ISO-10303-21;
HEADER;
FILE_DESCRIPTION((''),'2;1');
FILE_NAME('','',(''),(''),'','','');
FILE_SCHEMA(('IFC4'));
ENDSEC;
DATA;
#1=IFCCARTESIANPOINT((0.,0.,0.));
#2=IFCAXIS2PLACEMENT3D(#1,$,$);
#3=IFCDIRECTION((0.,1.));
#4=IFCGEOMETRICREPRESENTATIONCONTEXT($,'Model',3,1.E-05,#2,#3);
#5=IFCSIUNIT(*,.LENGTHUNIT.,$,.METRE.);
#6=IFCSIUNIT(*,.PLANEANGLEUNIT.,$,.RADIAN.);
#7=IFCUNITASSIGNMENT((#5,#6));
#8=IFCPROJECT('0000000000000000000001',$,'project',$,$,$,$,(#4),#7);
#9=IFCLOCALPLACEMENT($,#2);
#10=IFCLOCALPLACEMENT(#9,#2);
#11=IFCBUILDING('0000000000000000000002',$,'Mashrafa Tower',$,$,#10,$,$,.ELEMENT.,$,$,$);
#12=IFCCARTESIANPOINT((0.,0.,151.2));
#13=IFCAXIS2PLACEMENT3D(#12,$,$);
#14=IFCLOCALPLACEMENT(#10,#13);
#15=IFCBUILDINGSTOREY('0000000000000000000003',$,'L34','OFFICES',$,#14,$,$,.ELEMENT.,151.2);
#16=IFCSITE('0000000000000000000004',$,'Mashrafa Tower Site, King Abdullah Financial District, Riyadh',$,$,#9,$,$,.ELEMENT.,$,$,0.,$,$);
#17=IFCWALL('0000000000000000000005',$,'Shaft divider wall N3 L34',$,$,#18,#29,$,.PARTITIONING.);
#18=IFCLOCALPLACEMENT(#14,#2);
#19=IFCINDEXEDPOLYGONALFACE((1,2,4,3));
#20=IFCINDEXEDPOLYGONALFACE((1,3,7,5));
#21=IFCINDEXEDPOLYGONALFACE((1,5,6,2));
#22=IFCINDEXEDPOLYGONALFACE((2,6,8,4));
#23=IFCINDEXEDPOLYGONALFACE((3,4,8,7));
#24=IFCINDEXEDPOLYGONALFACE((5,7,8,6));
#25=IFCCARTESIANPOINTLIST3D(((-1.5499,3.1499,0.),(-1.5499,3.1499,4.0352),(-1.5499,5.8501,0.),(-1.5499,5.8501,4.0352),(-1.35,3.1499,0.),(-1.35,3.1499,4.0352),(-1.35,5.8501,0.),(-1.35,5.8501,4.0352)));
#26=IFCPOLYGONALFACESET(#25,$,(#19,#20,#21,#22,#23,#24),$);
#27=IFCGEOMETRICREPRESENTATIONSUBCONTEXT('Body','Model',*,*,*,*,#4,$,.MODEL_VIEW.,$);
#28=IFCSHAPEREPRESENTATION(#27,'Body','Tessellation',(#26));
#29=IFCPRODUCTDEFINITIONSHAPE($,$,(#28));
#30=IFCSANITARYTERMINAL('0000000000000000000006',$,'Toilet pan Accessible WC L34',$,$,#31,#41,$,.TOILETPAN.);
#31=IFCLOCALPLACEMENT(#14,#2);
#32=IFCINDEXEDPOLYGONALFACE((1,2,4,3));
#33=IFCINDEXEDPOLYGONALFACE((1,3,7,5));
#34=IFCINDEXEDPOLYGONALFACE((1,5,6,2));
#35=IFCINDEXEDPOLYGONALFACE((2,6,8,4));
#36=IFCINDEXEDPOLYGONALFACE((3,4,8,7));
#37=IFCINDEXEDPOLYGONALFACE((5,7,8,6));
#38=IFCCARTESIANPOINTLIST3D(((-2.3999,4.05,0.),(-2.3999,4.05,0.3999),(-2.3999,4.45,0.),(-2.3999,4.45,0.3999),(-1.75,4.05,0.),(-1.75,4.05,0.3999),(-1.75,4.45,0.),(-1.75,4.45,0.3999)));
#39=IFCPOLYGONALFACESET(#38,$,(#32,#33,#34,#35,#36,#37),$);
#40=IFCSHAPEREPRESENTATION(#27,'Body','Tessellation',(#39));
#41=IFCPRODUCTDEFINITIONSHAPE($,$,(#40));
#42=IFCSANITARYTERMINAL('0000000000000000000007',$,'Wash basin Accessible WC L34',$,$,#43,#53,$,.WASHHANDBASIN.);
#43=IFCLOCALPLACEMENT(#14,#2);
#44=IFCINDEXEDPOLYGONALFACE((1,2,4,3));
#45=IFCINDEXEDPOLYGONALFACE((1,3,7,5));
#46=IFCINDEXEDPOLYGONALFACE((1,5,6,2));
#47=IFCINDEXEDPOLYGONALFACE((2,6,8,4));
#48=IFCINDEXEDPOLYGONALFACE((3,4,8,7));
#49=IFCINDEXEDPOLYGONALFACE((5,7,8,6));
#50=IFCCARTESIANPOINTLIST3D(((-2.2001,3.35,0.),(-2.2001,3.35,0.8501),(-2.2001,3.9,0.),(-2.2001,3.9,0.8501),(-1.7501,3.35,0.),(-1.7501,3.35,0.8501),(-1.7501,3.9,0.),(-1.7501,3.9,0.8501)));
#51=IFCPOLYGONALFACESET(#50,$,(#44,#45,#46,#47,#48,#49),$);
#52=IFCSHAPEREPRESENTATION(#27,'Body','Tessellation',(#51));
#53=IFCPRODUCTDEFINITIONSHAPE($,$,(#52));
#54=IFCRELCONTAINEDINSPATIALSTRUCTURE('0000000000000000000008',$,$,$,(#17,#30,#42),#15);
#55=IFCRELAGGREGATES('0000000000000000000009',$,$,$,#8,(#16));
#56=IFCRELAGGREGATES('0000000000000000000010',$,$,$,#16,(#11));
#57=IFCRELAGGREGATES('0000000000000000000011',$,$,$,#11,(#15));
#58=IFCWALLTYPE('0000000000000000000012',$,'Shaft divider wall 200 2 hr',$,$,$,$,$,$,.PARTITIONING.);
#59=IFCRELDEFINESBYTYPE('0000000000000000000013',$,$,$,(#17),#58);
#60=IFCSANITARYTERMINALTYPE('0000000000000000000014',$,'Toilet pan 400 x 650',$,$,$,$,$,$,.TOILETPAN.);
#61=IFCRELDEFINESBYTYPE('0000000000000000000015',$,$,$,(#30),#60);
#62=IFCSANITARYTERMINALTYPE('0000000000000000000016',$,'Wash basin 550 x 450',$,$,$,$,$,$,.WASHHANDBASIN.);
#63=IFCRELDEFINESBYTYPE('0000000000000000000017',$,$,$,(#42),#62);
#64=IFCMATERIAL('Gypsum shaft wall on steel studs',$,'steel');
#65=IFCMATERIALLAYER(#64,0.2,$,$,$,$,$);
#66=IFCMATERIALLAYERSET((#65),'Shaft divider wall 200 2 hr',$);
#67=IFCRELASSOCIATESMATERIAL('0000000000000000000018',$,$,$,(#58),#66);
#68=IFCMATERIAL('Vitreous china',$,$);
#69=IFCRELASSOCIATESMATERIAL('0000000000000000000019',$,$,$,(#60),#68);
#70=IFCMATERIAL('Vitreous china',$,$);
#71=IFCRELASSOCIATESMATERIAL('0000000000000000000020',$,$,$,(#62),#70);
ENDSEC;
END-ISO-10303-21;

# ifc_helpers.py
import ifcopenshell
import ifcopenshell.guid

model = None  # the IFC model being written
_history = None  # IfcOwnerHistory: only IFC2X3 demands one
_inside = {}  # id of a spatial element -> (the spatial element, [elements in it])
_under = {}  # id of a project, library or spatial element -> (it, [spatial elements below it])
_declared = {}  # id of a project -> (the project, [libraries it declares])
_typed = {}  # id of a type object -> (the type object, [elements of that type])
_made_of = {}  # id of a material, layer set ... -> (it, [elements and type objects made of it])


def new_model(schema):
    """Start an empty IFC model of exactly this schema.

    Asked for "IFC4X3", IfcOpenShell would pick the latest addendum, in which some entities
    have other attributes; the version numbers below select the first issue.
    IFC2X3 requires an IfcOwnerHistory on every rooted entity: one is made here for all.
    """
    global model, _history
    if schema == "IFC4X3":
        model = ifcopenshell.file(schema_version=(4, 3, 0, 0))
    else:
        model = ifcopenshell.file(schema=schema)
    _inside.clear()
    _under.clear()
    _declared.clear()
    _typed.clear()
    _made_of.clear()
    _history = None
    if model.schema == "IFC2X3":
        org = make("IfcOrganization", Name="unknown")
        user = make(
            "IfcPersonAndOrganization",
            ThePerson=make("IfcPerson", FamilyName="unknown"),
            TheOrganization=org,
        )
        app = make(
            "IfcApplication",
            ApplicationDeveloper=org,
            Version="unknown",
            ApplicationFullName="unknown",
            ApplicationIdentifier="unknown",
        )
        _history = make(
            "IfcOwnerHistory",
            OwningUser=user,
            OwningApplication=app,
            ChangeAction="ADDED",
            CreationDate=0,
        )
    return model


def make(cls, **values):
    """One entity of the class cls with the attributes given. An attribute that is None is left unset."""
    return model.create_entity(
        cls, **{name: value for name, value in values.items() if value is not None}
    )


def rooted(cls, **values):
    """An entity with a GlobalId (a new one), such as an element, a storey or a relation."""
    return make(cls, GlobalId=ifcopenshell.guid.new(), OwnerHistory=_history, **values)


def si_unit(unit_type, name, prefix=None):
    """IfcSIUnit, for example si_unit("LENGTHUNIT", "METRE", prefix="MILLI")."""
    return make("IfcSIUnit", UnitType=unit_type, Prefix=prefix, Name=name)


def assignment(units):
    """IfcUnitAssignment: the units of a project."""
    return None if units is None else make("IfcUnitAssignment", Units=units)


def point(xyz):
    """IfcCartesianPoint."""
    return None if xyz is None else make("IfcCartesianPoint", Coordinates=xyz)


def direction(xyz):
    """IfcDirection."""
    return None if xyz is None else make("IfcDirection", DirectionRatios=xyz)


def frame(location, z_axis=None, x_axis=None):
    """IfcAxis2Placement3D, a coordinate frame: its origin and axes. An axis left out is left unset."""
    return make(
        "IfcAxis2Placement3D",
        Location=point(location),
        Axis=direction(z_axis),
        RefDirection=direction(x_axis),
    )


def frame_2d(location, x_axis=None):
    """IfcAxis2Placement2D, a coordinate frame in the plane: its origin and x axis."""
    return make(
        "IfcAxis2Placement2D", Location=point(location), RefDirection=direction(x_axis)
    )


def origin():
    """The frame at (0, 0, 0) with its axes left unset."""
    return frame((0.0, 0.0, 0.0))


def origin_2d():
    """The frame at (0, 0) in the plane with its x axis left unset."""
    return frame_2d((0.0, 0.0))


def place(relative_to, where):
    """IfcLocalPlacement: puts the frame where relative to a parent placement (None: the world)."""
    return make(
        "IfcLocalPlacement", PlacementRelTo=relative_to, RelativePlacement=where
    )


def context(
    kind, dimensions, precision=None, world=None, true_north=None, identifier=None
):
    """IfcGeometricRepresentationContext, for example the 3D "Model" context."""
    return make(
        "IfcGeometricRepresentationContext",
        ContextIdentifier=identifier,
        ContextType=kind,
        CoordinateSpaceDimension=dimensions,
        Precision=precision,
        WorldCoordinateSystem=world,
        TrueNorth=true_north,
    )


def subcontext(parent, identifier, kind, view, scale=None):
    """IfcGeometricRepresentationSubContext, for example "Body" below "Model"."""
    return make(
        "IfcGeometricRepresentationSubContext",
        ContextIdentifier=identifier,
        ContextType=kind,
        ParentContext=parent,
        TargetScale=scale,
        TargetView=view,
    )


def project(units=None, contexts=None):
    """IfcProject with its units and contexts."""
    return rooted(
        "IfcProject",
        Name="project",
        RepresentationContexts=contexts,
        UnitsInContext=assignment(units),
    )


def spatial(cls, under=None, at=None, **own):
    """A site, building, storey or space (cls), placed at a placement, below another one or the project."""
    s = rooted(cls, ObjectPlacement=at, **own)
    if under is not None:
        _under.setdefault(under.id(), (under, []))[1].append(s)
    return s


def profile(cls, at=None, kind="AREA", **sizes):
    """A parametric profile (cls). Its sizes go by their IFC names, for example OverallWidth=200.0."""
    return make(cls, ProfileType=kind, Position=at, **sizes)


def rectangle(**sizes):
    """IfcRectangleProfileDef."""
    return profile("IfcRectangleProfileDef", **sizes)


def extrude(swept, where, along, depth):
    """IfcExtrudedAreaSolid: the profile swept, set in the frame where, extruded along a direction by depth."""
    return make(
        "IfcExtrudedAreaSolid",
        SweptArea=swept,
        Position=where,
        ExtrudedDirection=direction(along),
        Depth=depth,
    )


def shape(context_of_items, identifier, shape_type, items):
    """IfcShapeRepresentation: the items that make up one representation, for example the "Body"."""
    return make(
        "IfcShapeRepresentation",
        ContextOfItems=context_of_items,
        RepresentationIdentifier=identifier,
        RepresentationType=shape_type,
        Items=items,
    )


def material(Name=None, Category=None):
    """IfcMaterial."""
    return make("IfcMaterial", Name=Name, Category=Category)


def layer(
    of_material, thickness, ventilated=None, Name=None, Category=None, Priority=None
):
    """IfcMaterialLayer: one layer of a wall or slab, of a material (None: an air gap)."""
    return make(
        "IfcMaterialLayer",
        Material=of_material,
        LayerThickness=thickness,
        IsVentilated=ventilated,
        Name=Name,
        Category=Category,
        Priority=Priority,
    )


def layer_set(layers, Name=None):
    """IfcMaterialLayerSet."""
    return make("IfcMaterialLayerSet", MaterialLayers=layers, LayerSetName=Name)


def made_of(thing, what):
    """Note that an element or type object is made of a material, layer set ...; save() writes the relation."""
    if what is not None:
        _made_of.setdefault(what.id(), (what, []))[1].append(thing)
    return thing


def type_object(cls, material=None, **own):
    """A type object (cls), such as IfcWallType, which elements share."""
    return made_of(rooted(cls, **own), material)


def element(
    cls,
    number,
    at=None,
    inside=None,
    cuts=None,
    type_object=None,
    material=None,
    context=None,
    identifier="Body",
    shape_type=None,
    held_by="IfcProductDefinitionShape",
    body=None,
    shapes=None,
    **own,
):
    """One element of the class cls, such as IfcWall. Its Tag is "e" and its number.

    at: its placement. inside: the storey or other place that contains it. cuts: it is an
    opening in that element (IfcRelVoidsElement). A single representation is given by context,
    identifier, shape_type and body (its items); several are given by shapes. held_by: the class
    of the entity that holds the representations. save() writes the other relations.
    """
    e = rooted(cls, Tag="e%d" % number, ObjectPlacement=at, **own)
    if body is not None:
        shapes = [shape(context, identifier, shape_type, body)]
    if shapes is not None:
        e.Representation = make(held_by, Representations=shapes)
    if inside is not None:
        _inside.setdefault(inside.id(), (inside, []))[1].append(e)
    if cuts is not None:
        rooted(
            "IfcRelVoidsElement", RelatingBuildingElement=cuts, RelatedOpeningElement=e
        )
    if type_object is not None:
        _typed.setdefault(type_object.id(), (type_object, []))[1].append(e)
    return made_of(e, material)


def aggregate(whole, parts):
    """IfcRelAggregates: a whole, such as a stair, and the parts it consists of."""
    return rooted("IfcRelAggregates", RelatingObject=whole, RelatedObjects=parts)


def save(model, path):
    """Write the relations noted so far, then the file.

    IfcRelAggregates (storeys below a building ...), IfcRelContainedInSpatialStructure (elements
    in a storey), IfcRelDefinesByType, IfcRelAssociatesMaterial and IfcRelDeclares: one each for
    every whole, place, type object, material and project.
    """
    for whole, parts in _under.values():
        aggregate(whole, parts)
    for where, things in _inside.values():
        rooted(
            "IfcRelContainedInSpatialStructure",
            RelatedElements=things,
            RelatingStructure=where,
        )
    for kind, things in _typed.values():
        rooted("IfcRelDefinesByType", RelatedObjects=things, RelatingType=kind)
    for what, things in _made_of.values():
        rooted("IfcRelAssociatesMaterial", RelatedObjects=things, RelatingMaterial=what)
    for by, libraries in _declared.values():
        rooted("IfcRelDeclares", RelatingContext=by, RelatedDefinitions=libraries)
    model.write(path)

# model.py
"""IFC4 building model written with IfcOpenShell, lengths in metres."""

from ifc_helpers import new_model, si_unit, direction, frame, frame_2d, origin, origin_2d, place, context, subcontext, project, spatial, rectangle, extrude, material, layer, layer_set, type_object, element, save


model = new_model("IFC4")

# Units and contexts
model_context = context("Model", 3, precision=1e-05, world=origin(), true_north=direction((0.0, 1.0)))
body_context = subcontext(model_context, "Body", "Model", "MODEL_VIEW")
ifc_project = project(units=[si_unit("LENGTHUNIT", "METRE"), si_unit("PLANEANGLEUNIT", "RADIAN")], contexts=[model_context])

# Site, building, storey
site_placement = place(None, origin())
site = spatial("IfcSite", under=ifc_project, at=site_placement, Name="Mashrafa Tower Site, King Abdullah Financial District, Riyadh", CompositionType="ELEMENT", RefElevation=0.0)
building_placement = place(site_placement, origin())
building = spatial("IfcBuilding", under=site, at=building_placement, Name="Mashrafa Tower", CompositionType="ELEMENT")
storey_placement = place(building_placement, frame((0.0, 0.0, 151.2)))
storey = spatial("IfcBuildingStorey", under=building, at=storey_placement, Name="L34", Description="OFFICES", CompositionType="ELEMENT", Elevation=151.2)

# Wall
ifc_material_1 = material(Name="Gypsum shaft wall on steel studs", Category="steel")
ifc_layer_1 = layer(ifc_material_1, 0.2)
ifc_layer_set_1 = layer_set([ifc_layer_1], Name="Shaft divider wall 200 2 hr")
wall_type_1 = type_object("IfcWallType", Name="Shaft divider wall 200 2 hr", PredefinedType="PARTITIONING", material=ifc_layer_set_1)
wall_1_placement = place(storey_placement, frame((-1.45, 3.1499, 0.0), z_axis=(0.0, 0.0, 1.0), x_axis=(0.0, 1.0, 0.0)))
element("IfcWall", 1, at=wall_1_placement, inside=storey, type_object=wall_type_1, Name="Shaft divider wall N3 L34", PredefinedType="PARTITIONING", context=body_context, shape_type="SweptSolid", body=[
    extrude(rectangle(XDim=2.7002, YDim=0.2, at=frame_2d((1.3501, 0.0))), origin(), (0.0, 0.0, 1.0), 4.0352),
])

# Sanitary terminals
ifc_material_2 = material(Name="Vitreous china")
sanitary_terminal_type_1 = type_object("IfcSanitaryTerminalType", Name="Toilet pan 400 x 650", PredefinedType="TOILETPAN", material=ifc_material_2)
sanitary_terminal_1_placement = place(storey_placement, frame((-2.075, 4.25, 0.0), z_axis=(0.0, 0.0, 1.0), x_axis=(0.0, 1.0, 0.0)))
element("IfcSanitaryTerminal", 2, at=sanitary_terminal_1_placement, inside=storey, type_object=sanitary_terminal_type_1, Name="Toilet pan Accessible WC L34", PredefinedType="TOILETPAN", context=body_context, shape_type="SweptSolid", body=[
    extrude(rectangle(XDim=0.3999, YDim=0.6499, at=origin_2d()), origin(), (0.0, 0.0, 1.0), 0.3999),
])
ifc_material_3 = material(Name="Vitreous china")
sanitary_terminal_type_2 = type_object("IfcSanitaryTerminalType", Name="Wash basin 550 x 450", PredefinedType="WASHHANDBASIN", material=ifc_material_3)
sanitary_terminal_2_placement = place(storey_placement, frame((-1.9751, 3.625, 0.0), z_axis=(0.0, 0.0, 1.0), x_axis=(0.0, 1.0, 0.0)))
element("IfcSanitaryTerminal", 3, at=sanitary_terminal_2_placement, inside=storey, type_object=sanitary_terminal_type_2, Name="Wash basin Accessible WC L34", PredefinedType="WASHHANDBASIN", context=body_context, shape_type="SweptSolid", body=[
    extrude(rectangle(XDim=0.55, YDim=0.45, at=origin_2d()), origin(), (0.0, 0.0, 1.0), 0.8501),
])

save(model, "model.ifc")
